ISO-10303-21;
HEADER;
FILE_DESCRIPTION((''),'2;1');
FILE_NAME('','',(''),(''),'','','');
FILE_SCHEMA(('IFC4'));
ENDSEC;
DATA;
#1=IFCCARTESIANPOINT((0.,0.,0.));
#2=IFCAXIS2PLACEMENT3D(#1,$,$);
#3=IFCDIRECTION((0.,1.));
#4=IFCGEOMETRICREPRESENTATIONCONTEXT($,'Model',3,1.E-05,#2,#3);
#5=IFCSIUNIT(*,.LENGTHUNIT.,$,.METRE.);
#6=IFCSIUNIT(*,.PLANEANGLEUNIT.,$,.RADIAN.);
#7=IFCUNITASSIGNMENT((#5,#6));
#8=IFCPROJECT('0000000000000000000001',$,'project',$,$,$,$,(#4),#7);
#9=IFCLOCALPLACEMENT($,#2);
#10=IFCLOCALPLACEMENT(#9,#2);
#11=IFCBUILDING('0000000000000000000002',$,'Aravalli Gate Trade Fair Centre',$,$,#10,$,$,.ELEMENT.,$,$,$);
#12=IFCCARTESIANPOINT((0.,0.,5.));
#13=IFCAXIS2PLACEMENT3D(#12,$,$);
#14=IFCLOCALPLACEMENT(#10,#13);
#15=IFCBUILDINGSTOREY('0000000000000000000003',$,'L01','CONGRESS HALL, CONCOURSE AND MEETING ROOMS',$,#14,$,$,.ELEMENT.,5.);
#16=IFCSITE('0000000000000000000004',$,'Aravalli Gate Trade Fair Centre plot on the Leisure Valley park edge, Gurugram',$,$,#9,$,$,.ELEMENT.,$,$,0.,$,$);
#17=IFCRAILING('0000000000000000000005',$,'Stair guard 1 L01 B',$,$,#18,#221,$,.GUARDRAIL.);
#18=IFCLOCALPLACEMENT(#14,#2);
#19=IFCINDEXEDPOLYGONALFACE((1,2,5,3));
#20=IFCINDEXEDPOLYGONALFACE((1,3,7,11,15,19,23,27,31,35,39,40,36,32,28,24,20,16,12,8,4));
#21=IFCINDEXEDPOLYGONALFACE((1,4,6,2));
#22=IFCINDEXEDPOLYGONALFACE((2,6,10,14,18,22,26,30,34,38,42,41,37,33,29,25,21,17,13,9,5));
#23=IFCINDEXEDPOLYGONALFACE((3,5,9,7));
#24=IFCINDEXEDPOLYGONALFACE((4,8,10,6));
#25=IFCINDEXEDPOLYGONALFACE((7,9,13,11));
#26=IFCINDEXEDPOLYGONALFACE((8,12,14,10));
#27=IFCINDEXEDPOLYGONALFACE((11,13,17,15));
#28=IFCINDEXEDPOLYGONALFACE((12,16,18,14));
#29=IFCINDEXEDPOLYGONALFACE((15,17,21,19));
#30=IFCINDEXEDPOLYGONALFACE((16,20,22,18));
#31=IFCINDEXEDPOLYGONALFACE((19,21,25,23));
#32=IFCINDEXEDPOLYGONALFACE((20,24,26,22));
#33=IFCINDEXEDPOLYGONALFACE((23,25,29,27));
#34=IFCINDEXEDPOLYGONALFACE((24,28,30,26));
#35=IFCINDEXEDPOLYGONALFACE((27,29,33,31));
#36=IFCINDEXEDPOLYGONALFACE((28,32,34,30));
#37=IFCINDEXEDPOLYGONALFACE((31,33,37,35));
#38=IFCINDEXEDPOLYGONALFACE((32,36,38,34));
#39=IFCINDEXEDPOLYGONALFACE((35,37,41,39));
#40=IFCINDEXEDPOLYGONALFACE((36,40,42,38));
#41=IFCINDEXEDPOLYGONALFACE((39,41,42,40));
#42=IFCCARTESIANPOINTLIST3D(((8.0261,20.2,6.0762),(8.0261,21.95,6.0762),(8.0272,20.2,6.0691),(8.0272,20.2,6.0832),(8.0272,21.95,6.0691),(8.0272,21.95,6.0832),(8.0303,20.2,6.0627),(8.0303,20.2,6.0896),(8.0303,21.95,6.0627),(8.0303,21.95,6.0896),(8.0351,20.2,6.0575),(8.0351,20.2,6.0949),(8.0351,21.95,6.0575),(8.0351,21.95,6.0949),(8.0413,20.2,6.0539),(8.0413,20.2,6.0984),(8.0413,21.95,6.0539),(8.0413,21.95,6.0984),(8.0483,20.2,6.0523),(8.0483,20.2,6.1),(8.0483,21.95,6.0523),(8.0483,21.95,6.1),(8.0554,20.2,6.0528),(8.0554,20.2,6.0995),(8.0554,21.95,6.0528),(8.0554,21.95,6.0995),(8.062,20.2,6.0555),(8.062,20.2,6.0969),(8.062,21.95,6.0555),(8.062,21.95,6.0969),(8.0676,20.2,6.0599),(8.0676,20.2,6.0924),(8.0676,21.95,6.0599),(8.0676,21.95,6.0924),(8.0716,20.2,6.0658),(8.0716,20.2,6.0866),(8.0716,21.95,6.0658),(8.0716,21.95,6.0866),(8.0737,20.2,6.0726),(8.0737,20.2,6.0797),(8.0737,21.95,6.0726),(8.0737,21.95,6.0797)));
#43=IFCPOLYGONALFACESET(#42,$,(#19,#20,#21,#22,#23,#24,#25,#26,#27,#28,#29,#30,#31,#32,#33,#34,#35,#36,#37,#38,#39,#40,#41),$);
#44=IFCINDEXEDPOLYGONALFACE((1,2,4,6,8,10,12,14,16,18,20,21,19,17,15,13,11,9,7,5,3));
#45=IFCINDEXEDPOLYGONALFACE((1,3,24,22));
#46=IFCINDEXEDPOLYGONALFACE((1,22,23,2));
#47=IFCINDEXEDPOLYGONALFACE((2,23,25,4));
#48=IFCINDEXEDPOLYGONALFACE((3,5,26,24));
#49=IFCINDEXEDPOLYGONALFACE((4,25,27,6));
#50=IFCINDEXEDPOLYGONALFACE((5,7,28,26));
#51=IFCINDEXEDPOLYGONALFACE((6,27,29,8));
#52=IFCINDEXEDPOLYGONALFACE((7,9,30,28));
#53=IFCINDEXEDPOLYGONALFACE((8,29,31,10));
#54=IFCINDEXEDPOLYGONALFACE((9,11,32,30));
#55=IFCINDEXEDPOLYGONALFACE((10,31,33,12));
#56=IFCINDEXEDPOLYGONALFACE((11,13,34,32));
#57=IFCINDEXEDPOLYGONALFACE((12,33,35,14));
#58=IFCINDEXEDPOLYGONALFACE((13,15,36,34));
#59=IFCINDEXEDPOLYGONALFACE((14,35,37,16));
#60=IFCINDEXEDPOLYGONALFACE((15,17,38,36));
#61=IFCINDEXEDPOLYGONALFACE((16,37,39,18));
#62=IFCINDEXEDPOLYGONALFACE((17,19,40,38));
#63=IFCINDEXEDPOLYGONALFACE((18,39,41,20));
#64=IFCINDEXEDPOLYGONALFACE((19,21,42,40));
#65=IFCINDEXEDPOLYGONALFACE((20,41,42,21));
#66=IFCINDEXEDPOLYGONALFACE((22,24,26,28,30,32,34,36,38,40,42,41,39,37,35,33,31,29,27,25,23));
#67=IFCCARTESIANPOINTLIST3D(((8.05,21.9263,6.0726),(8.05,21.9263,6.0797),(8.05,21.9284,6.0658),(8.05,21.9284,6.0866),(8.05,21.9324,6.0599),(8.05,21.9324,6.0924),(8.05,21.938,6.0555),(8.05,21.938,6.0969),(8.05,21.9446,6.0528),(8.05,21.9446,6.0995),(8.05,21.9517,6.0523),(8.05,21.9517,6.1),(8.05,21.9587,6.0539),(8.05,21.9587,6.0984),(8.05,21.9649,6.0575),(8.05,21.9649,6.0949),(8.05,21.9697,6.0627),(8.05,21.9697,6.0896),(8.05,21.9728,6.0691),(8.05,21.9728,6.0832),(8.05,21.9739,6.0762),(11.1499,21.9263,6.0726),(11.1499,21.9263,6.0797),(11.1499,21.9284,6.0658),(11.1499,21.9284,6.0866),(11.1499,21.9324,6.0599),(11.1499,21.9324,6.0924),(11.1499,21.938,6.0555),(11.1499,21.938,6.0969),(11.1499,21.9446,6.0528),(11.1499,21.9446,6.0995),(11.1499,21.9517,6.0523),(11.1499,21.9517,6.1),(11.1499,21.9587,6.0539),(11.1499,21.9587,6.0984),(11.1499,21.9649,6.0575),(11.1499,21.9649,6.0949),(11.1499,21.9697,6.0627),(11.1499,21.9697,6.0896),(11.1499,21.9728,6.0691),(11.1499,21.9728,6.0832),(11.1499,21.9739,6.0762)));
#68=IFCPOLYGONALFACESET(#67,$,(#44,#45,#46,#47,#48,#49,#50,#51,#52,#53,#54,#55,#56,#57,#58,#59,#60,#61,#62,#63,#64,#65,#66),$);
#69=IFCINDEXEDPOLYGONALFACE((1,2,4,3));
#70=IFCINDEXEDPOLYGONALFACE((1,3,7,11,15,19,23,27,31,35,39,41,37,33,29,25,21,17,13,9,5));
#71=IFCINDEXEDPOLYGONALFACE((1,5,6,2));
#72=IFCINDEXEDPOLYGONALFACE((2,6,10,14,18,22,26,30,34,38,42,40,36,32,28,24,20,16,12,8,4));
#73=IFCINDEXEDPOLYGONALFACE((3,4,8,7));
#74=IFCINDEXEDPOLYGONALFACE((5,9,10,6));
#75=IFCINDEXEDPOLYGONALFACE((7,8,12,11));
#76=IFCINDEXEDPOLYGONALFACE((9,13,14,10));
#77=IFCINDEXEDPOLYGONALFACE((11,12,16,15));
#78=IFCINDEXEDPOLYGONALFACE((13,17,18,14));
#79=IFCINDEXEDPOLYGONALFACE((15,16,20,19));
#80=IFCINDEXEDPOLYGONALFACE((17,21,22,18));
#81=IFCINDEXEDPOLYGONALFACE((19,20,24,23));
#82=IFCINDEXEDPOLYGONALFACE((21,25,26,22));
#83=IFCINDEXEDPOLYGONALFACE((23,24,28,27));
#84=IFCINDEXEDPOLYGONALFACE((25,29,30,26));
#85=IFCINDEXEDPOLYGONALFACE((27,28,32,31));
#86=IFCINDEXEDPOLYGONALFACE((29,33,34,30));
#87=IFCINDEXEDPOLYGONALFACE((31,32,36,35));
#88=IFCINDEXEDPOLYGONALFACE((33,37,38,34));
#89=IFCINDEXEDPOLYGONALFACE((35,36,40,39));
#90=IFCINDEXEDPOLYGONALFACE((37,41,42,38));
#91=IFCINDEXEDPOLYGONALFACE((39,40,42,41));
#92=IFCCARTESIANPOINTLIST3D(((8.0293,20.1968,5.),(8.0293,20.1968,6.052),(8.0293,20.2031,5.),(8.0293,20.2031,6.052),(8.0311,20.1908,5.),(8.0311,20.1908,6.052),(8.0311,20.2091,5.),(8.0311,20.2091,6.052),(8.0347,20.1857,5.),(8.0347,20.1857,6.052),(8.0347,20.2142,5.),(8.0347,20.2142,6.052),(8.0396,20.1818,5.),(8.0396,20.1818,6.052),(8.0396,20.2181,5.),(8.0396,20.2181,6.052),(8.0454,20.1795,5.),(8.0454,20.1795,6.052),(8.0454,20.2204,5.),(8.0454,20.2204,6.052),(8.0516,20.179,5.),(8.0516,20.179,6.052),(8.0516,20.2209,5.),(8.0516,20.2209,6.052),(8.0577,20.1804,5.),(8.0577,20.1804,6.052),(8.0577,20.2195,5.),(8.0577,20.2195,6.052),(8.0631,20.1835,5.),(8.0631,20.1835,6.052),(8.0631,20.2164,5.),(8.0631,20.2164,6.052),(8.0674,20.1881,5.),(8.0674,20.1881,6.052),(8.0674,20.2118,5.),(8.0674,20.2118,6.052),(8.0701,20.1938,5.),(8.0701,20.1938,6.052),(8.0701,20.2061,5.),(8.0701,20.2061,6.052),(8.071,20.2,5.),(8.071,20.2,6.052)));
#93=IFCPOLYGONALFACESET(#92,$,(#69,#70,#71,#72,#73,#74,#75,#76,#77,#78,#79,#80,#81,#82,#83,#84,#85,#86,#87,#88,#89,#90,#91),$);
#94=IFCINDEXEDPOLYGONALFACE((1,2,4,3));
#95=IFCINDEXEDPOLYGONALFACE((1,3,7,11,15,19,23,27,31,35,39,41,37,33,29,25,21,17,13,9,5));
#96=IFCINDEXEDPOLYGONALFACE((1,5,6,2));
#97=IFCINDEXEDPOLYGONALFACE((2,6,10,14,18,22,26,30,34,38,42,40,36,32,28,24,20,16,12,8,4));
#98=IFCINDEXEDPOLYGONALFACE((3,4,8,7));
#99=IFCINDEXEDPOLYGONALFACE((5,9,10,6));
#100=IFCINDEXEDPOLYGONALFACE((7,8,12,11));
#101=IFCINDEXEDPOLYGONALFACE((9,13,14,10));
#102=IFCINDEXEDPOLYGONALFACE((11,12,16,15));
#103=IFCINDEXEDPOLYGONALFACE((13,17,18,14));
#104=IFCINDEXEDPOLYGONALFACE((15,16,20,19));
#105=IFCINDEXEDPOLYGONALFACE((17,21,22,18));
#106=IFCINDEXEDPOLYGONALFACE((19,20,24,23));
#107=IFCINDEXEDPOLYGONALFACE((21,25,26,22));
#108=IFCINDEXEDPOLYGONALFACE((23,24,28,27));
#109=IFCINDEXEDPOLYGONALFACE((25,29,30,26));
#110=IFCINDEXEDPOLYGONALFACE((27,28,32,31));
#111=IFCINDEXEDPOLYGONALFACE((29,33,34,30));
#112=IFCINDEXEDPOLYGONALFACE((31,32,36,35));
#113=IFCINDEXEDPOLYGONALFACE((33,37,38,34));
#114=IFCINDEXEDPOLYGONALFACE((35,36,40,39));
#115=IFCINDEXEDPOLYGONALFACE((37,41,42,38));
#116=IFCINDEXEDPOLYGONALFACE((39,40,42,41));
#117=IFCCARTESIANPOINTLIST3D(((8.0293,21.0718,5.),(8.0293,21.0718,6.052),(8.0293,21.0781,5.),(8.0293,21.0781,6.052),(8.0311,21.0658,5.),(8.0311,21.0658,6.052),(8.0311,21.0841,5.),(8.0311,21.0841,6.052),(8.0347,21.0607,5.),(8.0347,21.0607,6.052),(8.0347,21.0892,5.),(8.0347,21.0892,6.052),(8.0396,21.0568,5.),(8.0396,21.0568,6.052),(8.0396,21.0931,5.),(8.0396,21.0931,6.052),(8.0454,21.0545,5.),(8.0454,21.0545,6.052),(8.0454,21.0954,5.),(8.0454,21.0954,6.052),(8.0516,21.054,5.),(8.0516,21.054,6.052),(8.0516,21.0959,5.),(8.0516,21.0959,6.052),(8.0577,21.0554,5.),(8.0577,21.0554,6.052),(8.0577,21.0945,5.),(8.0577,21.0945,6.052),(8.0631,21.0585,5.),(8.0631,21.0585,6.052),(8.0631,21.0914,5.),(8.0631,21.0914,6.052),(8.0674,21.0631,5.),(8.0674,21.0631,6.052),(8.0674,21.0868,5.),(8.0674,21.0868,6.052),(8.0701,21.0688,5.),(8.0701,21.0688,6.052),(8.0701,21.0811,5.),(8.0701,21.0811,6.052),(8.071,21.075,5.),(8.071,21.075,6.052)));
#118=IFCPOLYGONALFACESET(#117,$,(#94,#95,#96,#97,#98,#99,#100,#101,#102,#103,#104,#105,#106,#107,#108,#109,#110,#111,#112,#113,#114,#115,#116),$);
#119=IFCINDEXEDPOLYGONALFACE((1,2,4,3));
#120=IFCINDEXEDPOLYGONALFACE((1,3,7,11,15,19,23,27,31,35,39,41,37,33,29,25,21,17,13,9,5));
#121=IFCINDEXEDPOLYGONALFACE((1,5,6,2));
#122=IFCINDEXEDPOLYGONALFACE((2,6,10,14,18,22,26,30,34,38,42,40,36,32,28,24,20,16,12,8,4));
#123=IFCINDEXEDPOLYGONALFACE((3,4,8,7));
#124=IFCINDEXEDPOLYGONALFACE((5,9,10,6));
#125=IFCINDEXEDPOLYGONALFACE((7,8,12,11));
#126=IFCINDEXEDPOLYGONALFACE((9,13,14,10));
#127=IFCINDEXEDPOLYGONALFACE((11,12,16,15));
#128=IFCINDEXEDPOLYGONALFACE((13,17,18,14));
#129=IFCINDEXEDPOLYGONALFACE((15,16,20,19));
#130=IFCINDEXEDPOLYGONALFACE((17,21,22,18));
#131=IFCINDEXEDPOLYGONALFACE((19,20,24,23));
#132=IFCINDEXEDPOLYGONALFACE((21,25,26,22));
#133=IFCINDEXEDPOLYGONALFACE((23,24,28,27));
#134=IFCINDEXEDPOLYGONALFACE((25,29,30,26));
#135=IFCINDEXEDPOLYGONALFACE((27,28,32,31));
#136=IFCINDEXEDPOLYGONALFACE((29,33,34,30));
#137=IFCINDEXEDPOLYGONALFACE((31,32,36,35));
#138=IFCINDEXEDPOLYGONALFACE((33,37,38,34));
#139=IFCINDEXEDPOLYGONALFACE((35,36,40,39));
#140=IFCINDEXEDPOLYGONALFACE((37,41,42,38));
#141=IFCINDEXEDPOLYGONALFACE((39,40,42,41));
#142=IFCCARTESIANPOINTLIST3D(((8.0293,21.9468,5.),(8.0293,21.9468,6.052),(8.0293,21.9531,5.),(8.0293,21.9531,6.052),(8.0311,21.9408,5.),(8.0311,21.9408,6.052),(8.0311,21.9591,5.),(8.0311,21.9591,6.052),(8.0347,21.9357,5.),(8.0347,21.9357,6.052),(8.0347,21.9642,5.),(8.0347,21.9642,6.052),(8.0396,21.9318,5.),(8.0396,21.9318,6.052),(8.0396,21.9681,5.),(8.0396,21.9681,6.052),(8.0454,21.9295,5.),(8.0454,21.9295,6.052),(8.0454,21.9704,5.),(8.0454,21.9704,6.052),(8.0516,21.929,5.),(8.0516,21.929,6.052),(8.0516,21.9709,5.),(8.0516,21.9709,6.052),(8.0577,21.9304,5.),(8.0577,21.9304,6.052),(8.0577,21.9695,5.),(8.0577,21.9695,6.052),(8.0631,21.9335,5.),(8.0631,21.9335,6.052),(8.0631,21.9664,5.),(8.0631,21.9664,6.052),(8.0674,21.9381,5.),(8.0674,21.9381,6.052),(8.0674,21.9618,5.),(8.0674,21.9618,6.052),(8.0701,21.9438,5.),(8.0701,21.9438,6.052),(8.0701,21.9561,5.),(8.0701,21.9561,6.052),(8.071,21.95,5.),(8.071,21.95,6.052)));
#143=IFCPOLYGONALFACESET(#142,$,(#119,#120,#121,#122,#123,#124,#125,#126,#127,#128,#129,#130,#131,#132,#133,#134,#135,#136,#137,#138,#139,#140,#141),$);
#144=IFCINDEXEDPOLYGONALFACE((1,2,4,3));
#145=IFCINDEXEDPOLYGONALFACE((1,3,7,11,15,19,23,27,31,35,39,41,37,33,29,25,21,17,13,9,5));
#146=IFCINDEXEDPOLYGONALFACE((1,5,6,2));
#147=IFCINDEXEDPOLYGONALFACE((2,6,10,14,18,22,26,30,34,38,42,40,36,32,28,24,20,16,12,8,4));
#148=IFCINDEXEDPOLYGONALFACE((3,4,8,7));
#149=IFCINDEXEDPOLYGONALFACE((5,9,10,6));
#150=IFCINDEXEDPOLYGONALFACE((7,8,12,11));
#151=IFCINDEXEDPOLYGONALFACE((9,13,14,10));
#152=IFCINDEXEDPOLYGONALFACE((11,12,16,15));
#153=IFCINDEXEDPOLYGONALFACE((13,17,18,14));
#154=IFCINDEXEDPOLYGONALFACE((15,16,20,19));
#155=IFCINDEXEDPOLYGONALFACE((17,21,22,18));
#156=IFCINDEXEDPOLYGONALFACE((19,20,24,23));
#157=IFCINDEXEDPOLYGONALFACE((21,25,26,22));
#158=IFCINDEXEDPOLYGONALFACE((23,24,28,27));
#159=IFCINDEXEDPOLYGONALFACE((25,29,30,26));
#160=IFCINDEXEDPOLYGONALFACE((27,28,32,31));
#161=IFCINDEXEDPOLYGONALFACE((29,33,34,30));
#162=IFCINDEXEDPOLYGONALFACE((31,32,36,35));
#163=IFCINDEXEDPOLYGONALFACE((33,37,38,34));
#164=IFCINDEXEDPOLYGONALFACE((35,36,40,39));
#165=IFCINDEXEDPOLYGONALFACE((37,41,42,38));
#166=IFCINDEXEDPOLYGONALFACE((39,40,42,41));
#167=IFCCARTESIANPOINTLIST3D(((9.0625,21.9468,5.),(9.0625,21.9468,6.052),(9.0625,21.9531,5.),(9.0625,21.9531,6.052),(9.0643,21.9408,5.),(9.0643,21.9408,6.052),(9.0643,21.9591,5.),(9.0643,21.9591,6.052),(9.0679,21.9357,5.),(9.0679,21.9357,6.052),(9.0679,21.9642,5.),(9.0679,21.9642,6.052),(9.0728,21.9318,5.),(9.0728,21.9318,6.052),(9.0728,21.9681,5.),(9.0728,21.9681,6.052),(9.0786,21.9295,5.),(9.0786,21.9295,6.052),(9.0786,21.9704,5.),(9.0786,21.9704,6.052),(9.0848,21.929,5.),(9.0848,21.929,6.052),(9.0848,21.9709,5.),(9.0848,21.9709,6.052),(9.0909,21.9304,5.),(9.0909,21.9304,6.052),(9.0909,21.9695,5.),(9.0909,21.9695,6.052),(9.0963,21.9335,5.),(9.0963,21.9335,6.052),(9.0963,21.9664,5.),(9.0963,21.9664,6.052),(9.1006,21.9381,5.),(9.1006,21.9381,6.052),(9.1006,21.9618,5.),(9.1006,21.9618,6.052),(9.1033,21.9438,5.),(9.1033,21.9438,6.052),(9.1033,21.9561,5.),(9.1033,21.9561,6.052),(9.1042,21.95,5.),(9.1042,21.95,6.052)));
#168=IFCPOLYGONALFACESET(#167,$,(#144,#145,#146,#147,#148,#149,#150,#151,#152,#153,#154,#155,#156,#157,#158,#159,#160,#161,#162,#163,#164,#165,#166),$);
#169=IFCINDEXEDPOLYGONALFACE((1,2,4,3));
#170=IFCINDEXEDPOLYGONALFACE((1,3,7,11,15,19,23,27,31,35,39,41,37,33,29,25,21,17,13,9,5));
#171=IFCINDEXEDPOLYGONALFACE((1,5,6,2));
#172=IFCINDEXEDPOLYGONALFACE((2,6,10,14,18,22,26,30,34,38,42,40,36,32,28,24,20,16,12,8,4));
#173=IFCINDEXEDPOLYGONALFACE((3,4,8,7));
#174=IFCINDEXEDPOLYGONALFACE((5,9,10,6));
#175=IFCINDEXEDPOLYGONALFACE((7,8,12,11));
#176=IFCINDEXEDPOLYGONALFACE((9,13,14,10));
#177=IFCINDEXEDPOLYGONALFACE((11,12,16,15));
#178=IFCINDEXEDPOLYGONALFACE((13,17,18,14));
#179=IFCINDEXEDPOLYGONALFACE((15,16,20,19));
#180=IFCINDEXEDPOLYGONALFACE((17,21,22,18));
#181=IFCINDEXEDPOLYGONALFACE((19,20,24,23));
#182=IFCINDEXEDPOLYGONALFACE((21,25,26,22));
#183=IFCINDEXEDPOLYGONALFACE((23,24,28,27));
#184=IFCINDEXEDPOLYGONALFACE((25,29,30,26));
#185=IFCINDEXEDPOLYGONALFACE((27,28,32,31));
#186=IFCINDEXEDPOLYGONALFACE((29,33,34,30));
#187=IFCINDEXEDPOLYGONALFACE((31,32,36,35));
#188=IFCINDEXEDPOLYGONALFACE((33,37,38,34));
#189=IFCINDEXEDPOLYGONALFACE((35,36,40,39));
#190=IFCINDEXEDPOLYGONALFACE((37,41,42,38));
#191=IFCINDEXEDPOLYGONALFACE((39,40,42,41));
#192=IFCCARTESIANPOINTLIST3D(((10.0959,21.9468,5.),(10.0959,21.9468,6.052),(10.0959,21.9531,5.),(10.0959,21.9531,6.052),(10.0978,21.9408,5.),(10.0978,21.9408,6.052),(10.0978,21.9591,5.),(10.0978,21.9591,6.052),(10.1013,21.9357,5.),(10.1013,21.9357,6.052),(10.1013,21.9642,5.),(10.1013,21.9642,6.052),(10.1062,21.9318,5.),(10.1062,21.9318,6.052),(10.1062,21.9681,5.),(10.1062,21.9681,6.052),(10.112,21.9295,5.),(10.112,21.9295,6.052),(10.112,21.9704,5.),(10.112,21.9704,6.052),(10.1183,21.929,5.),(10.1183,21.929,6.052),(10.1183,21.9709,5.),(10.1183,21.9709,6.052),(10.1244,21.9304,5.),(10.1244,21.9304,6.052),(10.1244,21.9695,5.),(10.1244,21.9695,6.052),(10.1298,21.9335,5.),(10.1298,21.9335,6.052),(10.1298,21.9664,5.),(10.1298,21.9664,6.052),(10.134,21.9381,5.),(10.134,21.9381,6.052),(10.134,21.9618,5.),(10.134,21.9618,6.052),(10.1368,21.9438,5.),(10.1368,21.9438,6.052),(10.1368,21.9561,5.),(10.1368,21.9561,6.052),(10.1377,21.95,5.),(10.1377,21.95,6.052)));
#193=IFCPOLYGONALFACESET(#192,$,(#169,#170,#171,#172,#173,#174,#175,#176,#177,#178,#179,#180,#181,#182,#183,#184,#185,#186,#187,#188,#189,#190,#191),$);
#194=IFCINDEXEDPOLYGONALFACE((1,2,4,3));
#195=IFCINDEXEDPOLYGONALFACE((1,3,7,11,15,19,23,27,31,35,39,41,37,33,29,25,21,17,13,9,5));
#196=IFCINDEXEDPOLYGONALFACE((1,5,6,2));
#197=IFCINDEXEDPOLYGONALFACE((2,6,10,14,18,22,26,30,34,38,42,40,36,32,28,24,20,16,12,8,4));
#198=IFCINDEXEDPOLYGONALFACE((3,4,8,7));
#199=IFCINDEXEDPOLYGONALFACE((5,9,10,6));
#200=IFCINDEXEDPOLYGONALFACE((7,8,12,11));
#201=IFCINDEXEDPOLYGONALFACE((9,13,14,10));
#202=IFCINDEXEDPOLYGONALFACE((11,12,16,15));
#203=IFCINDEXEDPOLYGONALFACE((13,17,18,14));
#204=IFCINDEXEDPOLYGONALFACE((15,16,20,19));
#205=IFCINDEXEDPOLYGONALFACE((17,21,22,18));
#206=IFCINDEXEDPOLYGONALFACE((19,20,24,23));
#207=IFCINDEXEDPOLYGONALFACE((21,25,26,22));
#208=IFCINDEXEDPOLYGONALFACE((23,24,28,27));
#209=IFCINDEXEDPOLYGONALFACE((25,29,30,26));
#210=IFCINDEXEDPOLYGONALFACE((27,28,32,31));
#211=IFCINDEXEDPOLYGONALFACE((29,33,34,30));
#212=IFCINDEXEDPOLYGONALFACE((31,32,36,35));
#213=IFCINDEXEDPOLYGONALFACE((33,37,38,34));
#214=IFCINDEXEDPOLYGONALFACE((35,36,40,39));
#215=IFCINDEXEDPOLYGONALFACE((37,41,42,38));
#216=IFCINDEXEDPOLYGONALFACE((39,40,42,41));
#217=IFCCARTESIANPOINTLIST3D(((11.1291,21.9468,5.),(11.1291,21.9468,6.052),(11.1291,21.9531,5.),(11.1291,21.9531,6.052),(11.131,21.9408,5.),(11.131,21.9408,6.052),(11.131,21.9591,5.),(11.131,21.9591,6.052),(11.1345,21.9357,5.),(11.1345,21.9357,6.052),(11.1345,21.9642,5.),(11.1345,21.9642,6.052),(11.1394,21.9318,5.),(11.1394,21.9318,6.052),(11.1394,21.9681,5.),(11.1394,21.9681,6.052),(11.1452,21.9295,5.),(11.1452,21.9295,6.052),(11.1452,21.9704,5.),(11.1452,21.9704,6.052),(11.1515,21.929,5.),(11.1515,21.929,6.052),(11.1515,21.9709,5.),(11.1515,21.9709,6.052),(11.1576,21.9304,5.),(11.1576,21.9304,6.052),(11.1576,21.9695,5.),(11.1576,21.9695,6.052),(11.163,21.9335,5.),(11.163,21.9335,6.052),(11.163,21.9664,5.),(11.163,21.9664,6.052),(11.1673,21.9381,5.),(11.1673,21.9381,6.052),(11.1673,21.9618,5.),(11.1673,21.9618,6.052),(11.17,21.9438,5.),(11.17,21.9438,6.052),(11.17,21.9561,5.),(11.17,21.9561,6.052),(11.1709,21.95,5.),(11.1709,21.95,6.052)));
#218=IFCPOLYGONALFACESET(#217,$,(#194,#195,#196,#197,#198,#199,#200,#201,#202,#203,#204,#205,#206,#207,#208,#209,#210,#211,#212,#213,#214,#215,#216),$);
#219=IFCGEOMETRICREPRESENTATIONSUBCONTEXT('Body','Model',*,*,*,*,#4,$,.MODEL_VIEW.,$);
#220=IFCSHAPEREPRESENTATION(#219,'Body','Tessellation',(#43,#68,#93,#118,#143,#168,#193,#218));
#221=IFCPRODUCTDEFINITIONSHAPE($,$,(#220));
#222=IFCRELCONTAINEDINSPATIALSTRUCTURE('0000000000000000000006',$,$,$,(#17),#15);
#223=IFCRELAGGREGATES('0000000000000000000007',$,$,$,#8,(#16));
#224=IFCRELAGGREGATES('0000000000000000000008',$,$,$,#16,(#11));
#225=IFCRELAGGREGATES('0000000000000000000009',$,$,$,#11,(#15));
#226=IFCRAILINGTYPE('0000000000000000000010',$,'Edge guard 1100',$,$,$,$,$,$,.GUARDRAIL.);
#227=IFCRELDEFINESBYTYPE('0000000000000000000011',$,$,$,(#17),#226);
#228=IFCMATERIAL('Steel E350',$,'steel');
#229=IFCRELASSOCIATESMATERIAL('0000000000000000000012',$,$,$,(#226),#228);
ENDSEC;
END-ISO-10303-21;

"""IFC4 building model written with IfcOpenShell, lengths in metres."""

from ifc_helpers import new_model, si_unit, direction, frame, origin, origin_2d, place, context, subcontext, project, spatial, circle, extrude, material, type_object, element, save


model = new_model("IFC4")

# Units and contexts
model_context = context("Model", 3, precision=1e-05, world=origin(), true_north=direction((0.0, 1.0)))
body_context = subcontext(model_context, "Body", "Model", "MODEL_VIEW")
ifc_project = project(units=[si_unit("LENGTHUNIT", "METRE"), si_unit("PLANEANGLEUNIT", "RADIAN")], contexts=[model_context])

# Site, building, storey
site_placement = place(None, origin())
site = spatial("IfcSite", under=ifc_project, at=site_placement, Name="Aravalli Gate Trade Fair Centre plot on the Leisure Valley park edge, Gurugram", CompositionType="ELEMENT", RefElevation=0.0)
building_placement = place(site_placement, origin())
building = spatial("IfcBuilding", under=site, at=building_placement, Name="Aravalli Gate Trade Fair Centre", CompositionType="ELEMENT")
storey_placement = place(building_placement, frame((0.0, 0.0, 5.0)))
storey = spatial("IfcBuildingStorey", under=building, at=storey_placement, Name="L01", Description="CONGRESS HALL, CONCOURSE AND MEETING ROOMS", CompositionType="ELEMENT", Elevation=5.0)

# Railing
ifc_material_1 = material(Name="Steel E350", Category="steel")
railing_type = type_object("IfcRailingType", Name="Edge guard 1100", PredefinedType="GUARDRAIL", material=ifc_material_1)
railing_1_placement = place(storey_placement, frame((8.05, 20.2, 5.0)))
element("IfcRailing", 1, at=railing_1_placement, inside=storey, type_object=railing_type, Name="Stair guard 1 L01 B", PredefinedType="GUARDRAIL", context=body_context, shape_type="SweptSolid", body=[
    extrude(circle(Radius=0.0239, at=origin_2d()), frame((0.0, 0.0, 1.0762), z_axis=(0.0, 1.0, 0.0), x_axis=(-1.0, 0.0, 0.0)), (0.0, 0.0, 1.0), 1.75),
    extrude(circle(Radius=0.0239, at=origin_2d()), frame((0.0, 1.75, 1.0762), z_axis=(1.0, 0.0, 0.0), x_axis=(0.0, 1.0, 0.0)), (0.0, 0.0, 1.0), 3.0999),
    extrude(circle(Radius=0.021, at=origin_2d()), origin(), (0.0, 0.0, 1.0), 1.052),
    extrude(circle(Radius=0.021, at=origin_2d()), frame((0.0, 0.875, 0.0)), (0.0, 0.0, 1.0), 1.052),
    extrude(circle(Radius=0.021, at=origin_2d()), frame((0.0, 1.75, 0.0)), (0.0, 0.0, 1.0), 1.052),
    extrude(circle(Radius=0.021, at=origin_2d()), frame((1.0332, 1.75, 0.0)), (0.0, 0.0, 1.0), 1.052),
    extrude(circle(Radius=0.021, at=origin_2d()), frame((2.0667, 1.75, 0.0)), (0.0, 0.0, 1.0), 1.052),
    extrude(circle(Radius=0.021, at=origin_2d()), frame((3.0999, 1.75, 0.0)), (0.0, 0.0, 1.0), 1.052),
])

save(model, "model.ifc")
